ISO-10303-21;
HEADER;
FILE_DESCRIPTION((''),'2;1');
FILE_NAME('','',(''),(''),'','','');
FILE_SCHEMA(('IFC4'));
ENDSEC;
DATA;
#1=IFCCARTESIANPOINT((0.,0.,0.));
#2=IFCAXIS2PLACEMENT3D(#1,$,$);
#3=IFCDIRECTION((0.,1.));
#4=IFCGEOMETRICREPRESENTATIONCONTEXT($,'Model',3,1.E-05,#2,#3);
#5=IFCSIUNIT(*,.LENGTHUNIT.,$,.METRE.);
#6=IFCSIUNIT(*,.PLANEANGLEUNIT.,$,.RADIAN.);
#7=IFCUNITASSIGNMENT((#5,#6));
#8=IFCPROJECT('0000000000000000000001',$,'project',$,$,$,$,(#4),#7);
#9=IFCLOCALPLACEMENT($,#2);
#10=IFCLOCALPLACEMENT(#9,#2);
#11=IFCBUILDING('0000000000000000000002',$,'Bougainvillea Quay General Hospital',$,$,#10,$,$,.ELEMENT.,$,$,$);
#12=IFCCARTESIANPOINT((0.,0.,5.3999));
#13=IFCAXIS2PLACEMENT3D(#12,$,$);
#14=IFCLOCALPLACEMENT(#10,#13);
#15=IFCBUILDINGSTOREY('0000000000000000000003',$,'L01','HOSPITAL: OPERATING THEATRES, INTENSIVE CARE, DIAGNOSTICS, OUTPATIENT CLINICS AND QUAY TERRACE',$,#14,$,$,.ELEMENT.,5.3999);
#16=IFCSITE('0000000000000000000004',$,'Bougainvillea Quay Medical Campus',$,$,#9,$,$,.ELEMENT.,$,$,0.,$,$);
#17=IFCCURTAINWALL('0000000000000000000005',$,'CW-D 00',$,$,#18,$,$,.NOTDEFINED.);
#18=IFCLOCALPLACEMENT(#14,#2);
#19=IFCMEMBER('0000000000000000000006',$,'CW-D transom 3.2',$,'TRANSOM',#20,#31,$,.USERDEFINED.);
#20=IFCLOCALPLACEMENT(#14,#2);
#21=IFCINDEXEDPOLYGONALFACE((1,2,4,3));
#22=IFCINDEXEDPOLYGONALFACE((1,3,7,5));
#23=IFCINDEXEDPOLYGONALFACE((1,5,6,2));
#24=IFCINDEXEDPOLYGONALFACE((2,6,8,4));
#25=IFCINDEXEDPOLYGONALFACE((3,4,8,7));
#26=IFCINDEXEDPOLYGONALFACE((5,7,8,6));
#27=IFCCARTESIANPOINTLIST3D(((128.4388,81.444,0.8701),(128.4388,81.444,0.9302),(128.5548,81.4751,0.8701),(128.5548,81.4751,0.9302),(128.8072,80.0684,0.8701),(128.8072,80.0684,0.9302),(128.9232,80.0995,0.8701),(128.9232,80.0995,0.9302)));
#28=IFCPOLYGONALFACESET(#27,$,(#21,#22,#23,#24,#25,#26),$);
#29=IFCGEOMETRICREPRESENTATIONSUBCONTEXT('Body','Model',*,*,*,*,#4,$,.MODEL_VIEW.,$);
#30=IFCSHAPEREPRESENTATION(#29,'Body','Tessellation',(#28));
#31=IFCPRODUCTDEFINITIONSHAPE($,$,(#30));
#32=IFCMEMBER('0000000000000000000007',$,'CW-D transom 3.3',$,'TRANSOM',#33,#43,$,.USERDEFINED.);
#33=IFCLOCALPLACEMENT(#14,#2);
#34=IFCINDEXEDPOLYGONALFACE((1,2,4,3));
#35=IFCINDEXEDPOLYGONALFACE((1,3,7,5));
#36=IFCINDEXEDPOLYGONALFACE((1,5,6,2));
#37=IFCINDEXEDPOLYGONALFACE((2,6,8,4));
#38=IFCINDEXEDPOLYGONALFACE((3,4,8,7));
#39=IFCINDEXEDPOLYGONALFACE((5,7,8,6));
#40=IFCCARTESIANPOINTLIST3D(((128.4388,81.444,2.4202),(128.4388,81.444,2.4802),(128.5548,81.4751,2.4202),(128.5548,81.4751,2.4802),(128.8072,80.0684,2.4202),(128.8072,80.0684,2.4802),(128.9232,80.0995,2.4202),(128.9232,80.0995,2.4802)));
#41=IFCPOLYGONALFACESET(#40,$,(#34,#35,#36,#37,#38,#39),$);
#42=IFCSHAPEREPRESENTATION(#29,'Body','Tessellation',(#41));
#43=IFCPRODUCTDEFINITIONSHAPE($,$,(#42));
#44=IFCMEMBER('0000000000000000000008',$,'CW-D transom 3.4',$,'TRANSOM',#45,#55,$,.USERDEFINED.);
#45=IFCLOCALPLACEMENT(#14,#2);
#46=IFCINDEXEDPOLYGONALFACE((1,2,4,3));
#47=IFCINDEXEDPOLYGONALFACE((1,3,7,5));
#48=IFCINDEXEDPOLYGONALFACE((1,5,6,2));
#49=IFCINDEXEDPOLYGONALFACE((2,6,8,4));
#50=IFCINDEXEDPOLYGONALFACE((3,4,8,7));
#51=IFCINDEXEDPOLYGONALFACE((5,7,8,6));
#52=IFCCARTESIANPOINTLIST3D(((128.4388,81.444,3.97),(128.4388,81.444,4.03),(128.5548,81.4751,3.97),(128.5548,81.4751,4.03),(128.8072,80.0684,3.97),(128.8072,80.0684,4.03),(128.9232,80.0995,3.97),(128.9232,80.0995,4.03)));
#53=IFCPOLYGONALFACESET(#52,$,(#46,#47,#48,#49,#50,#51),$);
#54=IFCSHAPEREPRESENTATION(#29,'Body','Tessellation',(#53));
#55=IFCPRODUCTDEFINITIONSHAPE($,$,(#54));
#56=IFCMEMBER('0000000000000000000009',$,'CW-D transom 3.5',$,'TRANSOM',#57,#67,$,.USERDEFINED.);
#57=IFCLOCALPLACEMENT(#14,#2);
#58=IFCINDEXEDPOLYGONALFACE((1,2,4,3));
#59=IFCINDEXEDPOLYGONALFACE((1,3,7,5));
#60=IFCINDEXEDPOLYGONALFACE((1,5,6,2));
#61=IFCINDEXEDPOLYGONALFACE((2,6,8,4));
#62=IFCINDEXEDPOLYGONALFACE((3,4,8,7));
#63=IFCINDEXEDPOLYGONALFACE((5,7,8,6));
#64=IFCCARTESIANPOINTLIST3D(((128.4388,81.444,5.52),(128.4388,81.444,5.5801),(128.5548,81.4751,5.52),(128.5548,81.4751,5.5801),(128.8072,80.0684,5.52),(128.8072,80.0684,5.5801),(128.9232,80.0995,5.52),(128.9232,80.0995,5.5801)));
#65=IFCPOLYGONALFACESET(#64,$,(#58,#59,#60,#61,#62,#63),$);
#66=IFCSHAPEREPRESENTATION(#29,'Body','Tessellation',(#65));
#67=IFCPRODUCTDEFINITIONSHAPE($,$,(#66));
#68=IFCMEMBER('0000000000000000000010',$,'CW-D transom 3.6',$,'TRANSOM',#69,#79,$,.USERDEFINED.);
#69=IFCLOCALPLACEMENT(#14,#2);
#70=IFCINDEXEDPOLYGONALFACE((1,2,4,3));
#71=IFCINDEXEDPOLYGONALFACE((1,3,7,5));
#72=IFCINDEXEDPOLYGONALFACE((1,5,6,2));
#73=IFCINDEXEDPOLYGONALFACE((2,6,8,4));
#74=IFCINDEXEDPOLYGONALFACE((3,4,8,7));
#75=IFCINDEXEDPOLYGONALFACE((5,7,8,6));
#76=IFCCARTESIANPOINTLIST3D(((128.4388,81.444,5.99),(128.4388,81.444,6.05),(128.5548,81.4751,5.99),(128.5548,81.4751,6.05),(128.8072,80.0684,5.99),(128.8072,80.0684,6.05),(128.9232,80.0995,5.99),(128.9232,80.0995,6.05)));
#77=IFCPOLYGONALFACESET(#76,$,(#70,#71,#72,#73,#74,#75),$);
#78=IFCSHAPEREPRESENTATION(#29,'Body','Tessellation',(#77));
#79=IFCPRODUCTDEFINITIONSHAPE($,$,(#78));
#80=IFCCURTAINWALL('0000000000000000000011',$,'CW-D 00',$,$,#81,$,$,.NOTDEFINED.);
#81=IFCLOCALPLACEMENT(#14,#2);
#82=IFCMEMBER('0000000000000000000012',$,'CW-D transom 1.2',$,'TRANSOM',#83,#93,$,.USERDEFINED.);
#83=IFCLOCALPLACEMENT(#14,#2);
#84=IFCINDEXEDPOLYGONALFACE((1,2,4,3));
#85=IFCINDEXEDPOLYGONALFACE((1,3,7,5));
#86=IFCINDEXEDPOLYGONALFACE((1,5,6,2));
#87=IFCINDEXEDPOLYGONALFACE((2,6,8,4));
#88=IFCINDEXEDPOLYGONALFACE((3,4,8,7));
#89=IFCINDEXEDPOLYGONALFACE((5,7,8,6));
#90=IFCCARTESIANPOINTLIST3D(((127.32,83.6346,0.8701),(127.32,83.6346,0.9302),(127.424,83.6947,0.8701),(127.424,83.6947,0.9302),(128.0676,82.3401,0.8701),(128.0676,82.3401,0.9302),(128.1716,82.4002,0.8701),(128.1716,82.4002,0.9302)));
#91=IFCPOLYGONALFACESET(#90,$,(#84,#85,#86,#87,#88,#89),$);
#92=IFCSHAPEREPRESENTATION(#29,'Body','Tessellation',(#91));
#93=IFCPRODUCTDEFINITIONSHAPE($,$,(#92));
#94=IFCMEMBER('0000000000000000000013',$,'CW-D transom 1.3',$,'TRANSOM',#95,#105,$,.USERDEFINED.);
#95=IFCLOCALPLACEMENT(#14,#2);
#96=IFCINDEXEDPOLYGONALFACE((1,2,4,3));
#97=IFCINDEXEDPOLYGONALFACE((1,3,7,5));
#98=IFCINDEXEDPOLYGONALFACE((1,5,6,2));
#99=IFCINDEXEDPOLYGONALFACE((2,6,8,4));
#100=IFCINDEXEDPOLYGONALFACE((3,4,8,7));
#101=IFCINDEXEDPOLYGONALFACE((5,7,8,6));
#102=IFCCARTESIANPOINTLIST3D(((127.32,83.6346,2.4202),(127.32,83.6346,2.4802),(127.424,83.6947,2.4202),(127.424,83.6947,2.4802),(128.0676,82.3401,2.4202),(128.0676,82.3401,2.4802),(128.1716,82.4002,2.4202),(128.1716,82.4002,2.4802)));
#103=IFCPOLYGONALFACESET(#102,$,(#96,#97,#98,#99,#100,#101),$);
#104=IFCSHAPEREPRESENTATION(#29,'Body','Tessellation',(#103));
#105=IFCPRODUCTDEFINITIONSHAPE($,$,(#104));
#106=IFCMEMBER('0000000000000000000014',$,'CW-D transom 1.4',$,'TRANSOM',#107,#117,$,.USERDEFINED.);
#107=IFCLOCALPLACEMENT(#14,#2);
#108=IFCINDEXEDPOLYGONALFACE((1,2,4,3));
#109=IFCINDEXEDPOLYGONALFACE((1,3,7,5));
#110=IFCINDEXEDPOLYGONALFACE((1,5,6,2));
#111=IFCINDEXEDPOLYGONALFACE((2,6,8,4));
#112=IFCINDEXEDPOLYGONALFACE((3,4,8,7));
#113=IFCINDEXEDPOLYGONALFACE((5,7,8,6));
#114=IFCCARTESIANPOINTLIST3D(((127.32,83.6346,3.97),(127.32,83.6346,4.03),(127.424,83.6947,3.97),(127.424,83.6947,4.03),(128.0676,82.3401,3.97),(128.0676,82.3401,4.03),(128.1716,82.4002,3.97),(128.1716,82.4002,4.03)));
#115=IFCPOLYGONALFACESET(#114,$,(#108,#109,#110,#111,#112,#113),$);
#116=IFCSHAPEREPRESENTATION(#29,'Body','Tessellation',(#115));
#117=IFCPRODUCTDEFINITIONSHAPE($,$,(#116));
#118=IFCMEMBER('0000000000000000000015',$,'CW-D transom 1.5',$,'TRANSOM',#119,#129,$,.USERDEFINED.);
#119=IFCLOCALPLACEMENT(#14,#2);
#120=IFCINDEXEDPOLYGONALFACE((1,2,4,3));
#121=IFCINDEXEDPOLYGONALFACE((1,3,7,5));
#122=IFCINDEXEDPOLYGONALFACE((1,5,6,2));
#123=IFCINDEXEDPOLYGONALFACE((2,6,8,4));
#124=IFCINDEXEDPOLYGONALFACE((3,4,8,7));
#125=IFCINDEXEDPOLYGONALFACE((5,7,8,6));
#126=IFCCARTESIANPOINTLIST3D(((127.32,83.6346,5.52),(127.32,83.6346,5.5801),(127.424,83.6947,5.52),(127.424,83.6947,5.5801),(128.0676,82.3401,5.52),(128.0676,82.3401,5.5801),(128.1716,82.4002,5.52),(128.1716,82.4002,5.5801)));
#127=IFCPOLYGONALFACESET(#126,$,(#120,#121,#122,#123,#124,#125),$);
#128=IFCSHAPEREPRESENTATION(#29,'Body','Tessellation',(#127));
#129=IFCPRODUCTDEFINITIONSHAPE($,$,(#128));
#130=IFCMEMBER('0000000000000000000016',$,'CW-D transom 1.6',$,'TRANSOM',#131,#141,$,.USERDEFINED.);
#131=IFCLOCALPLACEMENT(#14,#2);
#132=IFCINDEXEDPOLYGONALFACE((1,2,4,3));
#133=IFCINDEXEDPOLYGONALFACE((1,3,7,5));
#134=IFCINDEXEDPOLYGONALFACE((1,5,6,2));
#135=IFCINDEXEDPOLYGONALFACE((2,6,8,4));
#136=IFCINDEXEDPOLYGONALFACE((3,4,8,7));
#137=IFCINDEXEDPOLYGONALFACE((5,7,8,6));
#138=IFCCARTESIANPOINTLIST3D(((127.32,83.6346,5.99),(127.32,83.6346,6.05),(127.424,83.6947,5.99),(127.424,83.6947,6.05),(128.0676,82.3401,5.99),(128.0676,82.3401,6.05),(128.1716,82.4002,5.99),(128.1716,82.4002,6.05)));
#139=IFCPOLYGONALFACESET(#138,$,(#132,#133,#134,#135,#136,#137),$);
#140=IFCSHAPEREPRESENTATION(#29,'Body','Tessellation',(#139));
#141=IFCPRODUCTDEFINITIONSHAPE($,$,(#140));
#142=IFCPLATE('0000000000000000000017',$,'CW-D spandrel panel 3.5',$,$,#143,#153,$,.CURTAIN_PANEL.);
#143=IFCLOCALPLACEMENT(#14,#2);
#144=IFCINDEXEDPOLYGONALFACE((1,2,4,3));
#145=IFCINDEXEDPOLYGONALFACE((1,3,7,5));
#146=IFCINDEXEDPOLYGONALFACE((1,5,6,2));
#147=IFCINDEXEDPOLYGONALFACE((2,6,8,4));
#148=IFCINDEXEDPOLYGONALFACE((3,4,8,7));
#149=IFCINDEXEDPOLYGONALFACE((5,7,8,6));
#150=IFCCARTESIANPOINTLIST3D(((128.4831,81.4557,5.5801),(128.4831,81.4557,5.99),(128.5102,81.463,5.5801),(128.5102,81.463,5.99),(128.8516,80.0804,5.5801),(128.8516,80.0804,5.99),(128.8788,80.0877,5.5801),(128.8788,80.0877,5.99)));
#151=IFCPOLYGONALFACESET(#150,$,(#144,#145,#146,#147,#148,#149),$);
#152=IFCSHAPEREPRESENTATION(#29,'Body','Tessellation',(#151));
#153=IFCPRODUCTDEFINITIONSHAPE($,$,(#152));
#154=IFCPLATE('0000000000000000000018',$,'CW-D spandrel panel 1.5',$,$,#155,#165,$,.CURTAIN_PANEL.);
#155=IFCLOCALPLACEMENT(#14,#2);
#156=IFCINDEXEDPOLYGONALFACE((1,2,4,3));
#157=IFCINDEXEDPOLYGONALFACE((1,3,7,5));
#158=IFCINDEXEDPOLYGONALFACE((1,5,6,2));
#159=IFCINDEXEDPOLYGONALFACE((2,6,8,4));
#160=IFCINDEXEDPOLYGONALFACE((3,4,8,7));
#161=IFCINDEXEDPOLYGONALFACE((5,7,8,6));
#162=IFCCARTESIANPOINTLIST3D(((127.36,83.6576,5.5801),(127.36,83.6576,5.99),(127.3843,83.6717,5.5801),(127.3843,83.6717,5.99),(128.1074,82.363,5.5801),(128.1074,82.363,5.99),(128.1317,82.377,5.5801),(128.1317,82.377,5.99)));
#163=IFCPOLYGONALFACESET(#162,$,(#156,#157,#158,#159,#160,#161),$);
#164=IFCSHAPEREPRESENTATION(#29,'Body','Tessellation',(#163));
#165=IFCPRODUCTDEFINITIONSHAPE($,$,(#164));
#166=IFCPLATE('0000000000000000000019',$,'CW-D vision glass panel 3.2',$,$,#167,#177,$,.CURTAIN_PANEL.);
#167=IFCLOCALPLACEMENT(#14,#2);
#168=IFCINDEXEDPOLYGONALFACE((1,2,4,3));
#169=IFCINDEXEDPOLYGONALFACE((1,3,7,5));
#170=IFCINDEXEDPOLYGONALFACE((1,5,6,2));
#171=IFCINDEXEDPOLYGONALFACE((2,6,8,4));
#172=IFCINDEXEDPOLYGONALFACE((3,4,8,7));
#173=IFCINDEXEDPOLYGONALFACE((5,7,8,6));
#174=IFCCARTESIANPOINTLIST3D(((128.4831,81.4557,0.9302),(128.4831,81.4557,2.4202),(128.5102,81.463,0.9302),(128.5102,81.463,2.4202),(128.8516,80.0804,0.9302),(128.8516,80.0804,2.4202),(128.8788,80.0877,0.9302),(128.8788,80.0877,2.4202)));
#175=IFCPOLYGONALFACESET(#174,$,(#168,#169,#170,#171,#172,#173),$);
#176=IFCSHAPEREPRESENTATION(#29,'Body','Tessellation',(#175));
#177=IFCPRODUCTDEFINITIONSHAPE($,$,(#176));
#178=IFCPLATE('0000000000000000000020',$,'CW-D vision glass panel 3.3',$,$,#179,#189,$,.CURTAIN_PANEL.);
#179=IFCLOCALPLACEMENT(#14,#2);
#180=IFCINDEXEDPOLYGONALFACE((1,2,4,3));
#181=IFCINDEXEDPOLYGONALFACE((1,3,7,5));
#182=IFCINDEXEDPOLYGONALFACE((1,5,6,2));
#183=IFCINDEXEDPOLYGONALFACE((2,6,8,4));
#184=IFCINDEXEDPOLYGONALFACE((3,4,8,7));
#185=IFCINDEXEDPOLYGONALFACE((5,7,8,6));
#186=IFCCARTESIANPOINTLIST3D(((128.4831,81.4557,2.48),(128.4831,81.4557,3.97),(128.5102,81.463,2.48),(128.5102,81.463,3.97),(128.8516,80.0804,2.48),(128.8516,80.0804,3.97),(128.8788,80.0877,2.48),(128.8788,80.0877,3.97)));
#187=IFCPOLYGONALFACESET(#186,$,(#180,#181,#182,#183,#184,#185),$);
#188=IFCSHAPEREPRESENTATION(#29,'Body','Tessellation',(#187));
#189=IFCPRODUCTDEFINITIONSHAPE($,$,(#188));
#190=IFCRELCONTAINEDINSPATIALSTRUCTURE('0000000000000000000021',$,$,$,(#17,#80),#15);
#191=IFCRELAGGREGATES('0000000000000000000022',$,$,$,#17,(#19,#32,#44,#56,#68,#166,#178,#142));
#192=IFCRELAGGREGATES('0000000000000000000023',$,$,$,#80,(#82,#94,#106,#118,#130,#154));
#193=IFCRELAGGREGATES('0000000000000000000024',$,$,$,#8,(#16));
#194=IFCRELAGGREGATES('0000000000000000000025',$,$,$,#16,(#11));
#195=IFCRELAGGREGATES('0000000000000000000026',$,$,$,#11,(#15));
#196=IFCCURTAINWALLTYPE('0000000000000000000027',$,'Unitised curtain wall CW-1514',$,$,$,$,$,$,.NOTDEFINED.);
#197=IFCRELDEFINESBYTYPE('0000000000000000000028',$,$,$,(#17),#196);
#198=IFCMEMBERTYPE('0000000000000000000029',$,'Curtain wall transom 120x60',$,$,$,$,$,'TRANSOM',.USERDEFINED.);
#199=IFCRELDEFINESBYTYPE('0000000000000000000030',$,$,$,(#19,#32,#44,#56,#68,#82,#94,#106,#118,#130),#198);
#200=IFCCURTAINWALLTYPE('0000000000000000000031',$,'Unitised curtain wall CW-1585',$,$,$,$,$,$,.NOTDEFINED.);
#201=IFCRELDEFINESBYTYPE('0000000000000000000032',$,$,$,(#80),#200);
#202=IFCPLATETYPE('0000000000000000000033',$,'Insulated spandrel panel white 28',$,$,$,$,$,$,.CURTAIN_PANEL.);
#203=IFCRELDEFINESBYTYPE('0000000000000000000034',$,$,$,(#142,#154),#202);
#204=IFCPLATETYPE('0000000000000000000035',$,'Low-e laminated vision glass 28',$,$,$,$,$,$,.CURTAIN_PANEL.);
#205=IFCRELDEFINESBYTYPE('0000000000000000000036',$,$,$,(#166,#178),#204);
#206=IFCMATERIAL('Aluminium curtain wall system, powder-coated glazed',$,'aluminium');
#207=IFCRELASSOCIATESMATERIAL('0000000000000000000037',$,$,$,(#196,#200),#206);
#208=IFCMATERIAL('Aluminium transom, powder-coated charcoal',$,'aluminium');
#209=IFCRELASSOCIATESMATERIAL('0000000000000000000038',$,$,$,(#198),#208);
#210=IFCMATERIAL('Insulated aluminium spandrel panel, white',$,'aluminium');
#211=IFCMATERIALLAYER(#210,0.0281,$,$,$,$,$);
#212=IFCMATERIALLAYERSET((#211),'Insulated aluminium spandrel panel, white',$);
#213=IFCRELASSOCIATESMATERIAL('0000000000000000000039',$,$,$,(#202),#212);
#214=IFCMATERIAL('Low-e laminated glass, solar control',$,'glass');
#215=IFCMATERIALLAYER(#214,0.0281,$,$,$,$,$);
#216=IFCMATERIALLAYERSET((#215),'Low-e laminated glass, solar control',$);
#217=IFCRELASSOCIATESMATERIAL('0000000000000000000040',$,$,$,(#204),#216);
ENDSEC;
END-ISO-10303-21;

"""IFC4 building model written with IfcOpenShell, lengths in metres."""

from ifc_helpers import new_model, si_unit, direction, frame, origin, origin_2d, place, context, subcontext, project, spatial, rectangle, extrude, material, layer, layer_set, material_profile, profile_set, type_object, element, aggregate, save


model = new_model("IFC4")

# Units and contexts
model_context = context("Model", 3, precision=1e-05, world=origin(), true_north=direction((0.0, 1.0)))
body_context = subcontext(model_context, "Body", "Model", "MODEL_VIEW")
ifc_project = project(units=[si_unit("LENGTHUNIT", "METRE"), si_unit("PLANEANGLEUNIT", "RADIAN")], contexts=[model_context])

# Site, building, storey
site_placement = place(None, origin())
site = spatial("IfcSite", under=ifc_project, at=site_placement, Name="Bougainvillea Quay Medical Campus", CompositionType="ELEMENT", RefElevation=0.0)
building_placement = place(site_placement, origin())
building = spatial("IfcBuilding", under=site, at=building_placement, Name="Bougainvillea Quay General Hospital", CompositionType="ELEMENT")
storey_placement = place(building_placement, frame((0.0, 0.0, 5.3999)))
storey = spatial("IfcBuildingStorey", under=building, at=storey_placement, Name="L01", Description="HOSPITAL: OPERATING THEATRES, INTENSIVE CARE, DIAGNOSTICS, OUTPATIENT CLINICS AND QUAY TERRACE", CompositionType="ELEMENT", Elevation=5.3999)

# Curtain walls, members
ifc_material_1 = material(Name="Aluminium curtain wall system, powder-coated glazed", Category="aluminium")
curtain_wall_type_1 = type_object("IfcCurtainWallType", Name="Unitised curtain wall CW-1514", PredefinedType="NOTDEFINED", material=ifc_material_1)
curtain_wall_1_placement = place(storey_placement, origin())
curtain_wall_1 = element("IfcCurtainWall", 1, at=curtain_wall_1_placement, inside=storey, type_object=curtain_wall_type_1, Name="CW-D 00", PredefinedType="NOTDEFINED")
ifc_material_2 = material(Name="Aluminium transom, powder-coated charcoal", Category="aluminium")
ifc_material_profile_1 = material_profile(ifc_material_2, rectangle(XDim=0.1201, YDim=0.0601, at=origin_2d()))
ifc_profile_set_1 = profile_set([ifc_material_profile_1], Name="Aluminium transom, powder-coated charcoal")
member_type = type_object("IfcMemberType", Name="Curtain wall transom 120x60", ElementType="TRANSOM", PredefinedType="USERDEFINED", material=ifc_profile_set_1)
member_1_placement = place(storey_placement, frame((128.8652, 80.084, 0.9001), z_axis=(-0.258719, 0.965953, 0.0), x_axis=(-0.965953, -0.258719, 0.0)))
member_1 = element("IfcMember", 2, at=member_1_placement, type_object=member_type, Name="CW-D transom 3.2", ObjectType="TRANSOM", PredefinedType="USERDEFINED", context=body_context, shape_type="SweptSolid", body=[
    extrude(rectangle(XDim=0.1201, YDim=0.0601, at=origin_2d()), origin(), (0.0, 0.0, 1.0), 1.4241),
])
member_2_placement = place(storey_placement, frame((128.8652, 80.084, 2.4502), z_axis=(-0.258719, 0.965953, 0.0), x_axis=(-0.965953, -0.258719, 0.0)))
member_2 = element("IfcMember", 3, at=member_2_placement, type_object=member_type, Name="CW-D transom 3.3", ObjectType="TRANSOM", PredefinedType="USERDEFINED", context=body_context, shape_type="SweptSolid", body=[
    extrude(rectangle(XDim=0.1201, YDim=0.0601, at=origin_2d()), origin(), (0.0, 0.0, 1.0), 1.4241),
])
member_3_placement = place(storey_placement, frame((128.8652, 80.084, 4.0), z_axis=(-0.258719, 0.965953, 0.0), x_axis=(-0.965953, -0.258719, 0.0)))
member_3 = element("IfcMember", 4, at=member_3_placement, type_object=member_type, Name="CW-D transom 3.4", ObjectType="TRANSOM", PredefinedType="USERDEFINED", context=body_context, shape_type="SweptSolid", body=[
    extrude(rectangle(XDim=0.1201, YDim=0.0601, at=origin_2d()), origin(), (0.0, 0.0, 1.0), 1.4241),
])
member_4_placement = place(storey_placement, frame((128.8652, 80.084, 5.55), z_axis=(-0.258719, 0.965953, 0.0), x_axis=(-0.965953, -0.258719, 0.0)))
member_4 = element("IfcMember", 5, at=member_4_placement, type_object=member_type, Name="CW-D transom 3.5", ObjectType="TRANSOM", PredefinedType="USERDEFINED", context=body_context, shape_type="SweptSolid", body=[
    extrude(rectangle(XDim=0.1201, YDim=0.0601, at=origin_2d()), origin(), (0.0, 0.0, 1.0), 1.4241),
])
member_5_placement = place(storey_placement, frame((128.8652, 80.084, 6.02), z_axis=(-0.258719, 0.965953, 0.0), x_axis=(-0.965953, -0.258719, 0.0)))
member_5 = element("IfcMember", 6, at=member_5_placement, type_object=member_type, Name="CW-D transom 3.6", ObjectType="TRANSOM", PredefinedType="USERDEFINED", context=body_context, shape_type="SweptSolid", body=[
    extrude(rectangle(XDim=0.1201, YDim=0.0601, at=origin_2d()), origin(), (0.0, 0.0, 1.0), 1.4241),
])
curtain_wall_type_2 = type_object("IfcCurtainWallType", Name="Unitised curtain wall CW-1585", PredefinedType="NOTDEFINED", material=ifc_material_1)
curtain_wall_2_placement = place(storey_placement, origin())
curtain_wall_2 = element("IfcCurtainWall", 7, at=curtain_wall_2_placement, inside=storey, type_object=curtain_wall_type_2, Name="CW-D 00", PredefinedType="NOTDEFINED")
member_6_placement = place(storey_placement, frame((128.1196, 82.3701, 0.9001), z_axis=(-0.500109, 0.865963, 0.0), x_axis=(-0.865963, -0.500109, 0.0)))
member_6 = element("IfcMember", 8, at=member_6_placement, type_object=member_type, Name="CW-D transom 1.2", ObjectType="TRANSOM", PredefinedType="USERDEFINED", context=body_context, shape_type="SweptSolid", body=[
    extrude(rectangle(XDim=0.1201, YDim=0.0601, at=origin_2d()), origin(), (0.0, 0.0, 1.0), 1.4949),
])
member_7_placement = place(storey_placement, frame((128.1196, 82.3701, 2.4502), z_axis=(-0.500109, 0.865963, 0.0), x_axis=(-0.865963, -0.500109, 0.0)))
member_7 = element("IfcMember", 9, at=member_7_placement, type_object=member_type, Name="CW-D transom 1.3", ObjectType="TRANSOM", PredefinedType="USERDEFINED", context=body_context, shape_type="SweptSolid", body=[
    extrude(rectangle(XDim=0.1201, YDim=0.0601, at=origin_2d()), origin(), (0.0, 0.0, 1.0), 1.4949),
])
member_8_placement = place(storey_placement, frame((128.1196, 82.3701, 4.0), z_axis=(-0.500109, 0.865963, 0.0), x_axis=(-0.865963, -0.500109, 0.0)))
member_8 = element("IfcMember", 10, at=member_8_placement, type_object=member_type, Name="CW-D transom 1.4", ObjectType="TRANSOM", PredefinedType="USERDEFINED", context=body_context, shape_type="SweptSolid", body=[
    extrude(rectangle(XDim=0.1201, YDim=0.0601, at=origin_2d()), origin(), (0.0, 0.0, 1.0), 1.4949),
])
member_9_placement = place(storey_placement, frame((128.1196, 82.3701, 5.55), z_axis=(-0.500109, 0.865963, 0.0), x_axis=(-0.865963, -0.500109, 0.0)))
member_9 = element("IfcMember", 11, at=member_9_placement, type_object=member_type, Name="CW-D transom 1.5", ObjectType="TRANSOM", PredefinedType="USERDEFINED", context=body_context, shape_type="SweptSolid", body=[
    extrude(rectangle(XDim=0.1201, YDim=0.0601, at=origin_2d()), origin(), (0.0, 0.0, 1.0), 1.4949),
])
member_10_placement = place(storey_placement, frame((128.1196, 82.3701, 6.02), z_axis=(-0.500109, 0.865963, 0.0), x_axis=(-0.865963, -0.500109, 0.0)))
member_10 = element("IfcMember", 12, at=member_10_placement, type_object=member_type, Name="CW-D transom 1.6", ObjectType="TRANSOM", PredefinedType="USERDEFINED", context=body_context, shape_type="SweptSolid", body=[
    extrude(rectangle(XDim=0.1201, YDim=0.0601, at=origin_2d()), origin(), (0.0, 0.0, 1.0), 1.4949),
])

# Plates
ifc_material_3 = material(Name="Insulated aluminium spandrel panel, white", Category="aluminium")
ifc_layer_1 = layer(ifc_material_3, 0.0281)
ifc_layer_set_1 = layer_set([ifc_layer_1], Name="Insulated aluminium spandrel panel, white")
plate_type_1 = type_object("IfcPlateType", Name="Insulated spandrel panel white 28", PredefinedType="CURTAIN_PANEL", material=ifc_layer_set_1)
plate_1_placement = place(storey_placement, frame((128.6809, 80.7717, 5.5801), z_axis=(0.0, 0.0, 1.0), x_axis=(-0.258855, 0.965916, 0.0)))
plate_1 = element("IfcPlate", 13, at=plate_1_placement, type_object=plate_type_1, Name="CW-D spandrel panel 3.5", PredefinedType="CURTAIN_PANEL", context=body_context, shape_type="SweptSolid", body=[
    extrude(rectangle(XDim=1.4238, YDim=0.0281, at=origin_2d()), origin(), (0.0, 0.0, 1.0), 0.4099),
])
plate_2_placement = place(storey_placement, frame((127.7458, 83.0173, 5.5801), z_axis=(0.0, 0.0, 1.0), x_axis=(-0.499965, 0.866046, 0.0)))
plate_2 = element("IfcPlate", 14, at=plate_2_placement, type_object=plate_type_1, Name="CW-D spandrel panel 1.5", PredefinedType="CURTAIN_PANEL", context=body_context, shape_type="SweptSolid", body=[
    extrude(rectangle(XDim=1.4949, YDim=0.0281, at=origin_2d()), origin(), (0.0, 0.0, 1.0), 0.4099),
])
ifc_material_4 = material(Name="Low-e laminated glass, solar control", Category="glass")
ifc_layer_2 = layer(ifc_material_4, 0.0281)
ifc_layer_set_2 = layer_set([ifc_layer_2], Name="Low-e laminated glass, solar control")
plate_type_2 = type_object("IfcPlateType", Name="Low-e laminated vision glass 28", PredefinedType="CURTAIN_PANEL", material=ifc_layer_set_2)
plate_3_placement = place(storey_placement, frame((128.6809, 80.7717, 0.9302), z_axis=(0.0, 0.0, 1.0), x_axis=(-0.258855, 0.965916, 0.0)))
plate_3 = element("IfcPlate", 15, at=plate_3_placement, type_object=plate_type_2, Name="CW-D vision glass panel 3.2", PredefinedType="CURTAIN_PANEL", context=body_context, shape_type="SweptSolid", body=[
    extrude(rectangle(XDim=1.4238, YDim=0.0281, at=origin_2d()), origin(), (0.0, 0.0, 1.0), 1.49),
])
plate_4_placement = place(storey_placement, frame((128.6809, 80.7717, 2.48), z_axis=(0.0, 0.0, 1.0), x_axis=(-0.258855, 0.965916, 0.0)))
plate_4 = element("IfcPlate", 16, at=plate_4_placement, type_object=plate_type_2, Name="CW-D vision glass panel 3.3", PredefinedType="CURTAIN_PANEL", context=body_context, shape_type="SweptSolid", body=[
    extrude(rectangle(XDim=1.4238, YDim=0.0281, at=origin_2d()), origin(), (0.0, 0.0, 1.0), 1.49),
])
aggregate(curtain_wall_1, [member_1, member_2, member_3, member_4, member_5, plate_3, plate_4, plate_1])
aggregate(curtain_wall_2, [member_6, member_7, member_8, member_9, member_10, plate_2])

save(model, "model.ifc")
